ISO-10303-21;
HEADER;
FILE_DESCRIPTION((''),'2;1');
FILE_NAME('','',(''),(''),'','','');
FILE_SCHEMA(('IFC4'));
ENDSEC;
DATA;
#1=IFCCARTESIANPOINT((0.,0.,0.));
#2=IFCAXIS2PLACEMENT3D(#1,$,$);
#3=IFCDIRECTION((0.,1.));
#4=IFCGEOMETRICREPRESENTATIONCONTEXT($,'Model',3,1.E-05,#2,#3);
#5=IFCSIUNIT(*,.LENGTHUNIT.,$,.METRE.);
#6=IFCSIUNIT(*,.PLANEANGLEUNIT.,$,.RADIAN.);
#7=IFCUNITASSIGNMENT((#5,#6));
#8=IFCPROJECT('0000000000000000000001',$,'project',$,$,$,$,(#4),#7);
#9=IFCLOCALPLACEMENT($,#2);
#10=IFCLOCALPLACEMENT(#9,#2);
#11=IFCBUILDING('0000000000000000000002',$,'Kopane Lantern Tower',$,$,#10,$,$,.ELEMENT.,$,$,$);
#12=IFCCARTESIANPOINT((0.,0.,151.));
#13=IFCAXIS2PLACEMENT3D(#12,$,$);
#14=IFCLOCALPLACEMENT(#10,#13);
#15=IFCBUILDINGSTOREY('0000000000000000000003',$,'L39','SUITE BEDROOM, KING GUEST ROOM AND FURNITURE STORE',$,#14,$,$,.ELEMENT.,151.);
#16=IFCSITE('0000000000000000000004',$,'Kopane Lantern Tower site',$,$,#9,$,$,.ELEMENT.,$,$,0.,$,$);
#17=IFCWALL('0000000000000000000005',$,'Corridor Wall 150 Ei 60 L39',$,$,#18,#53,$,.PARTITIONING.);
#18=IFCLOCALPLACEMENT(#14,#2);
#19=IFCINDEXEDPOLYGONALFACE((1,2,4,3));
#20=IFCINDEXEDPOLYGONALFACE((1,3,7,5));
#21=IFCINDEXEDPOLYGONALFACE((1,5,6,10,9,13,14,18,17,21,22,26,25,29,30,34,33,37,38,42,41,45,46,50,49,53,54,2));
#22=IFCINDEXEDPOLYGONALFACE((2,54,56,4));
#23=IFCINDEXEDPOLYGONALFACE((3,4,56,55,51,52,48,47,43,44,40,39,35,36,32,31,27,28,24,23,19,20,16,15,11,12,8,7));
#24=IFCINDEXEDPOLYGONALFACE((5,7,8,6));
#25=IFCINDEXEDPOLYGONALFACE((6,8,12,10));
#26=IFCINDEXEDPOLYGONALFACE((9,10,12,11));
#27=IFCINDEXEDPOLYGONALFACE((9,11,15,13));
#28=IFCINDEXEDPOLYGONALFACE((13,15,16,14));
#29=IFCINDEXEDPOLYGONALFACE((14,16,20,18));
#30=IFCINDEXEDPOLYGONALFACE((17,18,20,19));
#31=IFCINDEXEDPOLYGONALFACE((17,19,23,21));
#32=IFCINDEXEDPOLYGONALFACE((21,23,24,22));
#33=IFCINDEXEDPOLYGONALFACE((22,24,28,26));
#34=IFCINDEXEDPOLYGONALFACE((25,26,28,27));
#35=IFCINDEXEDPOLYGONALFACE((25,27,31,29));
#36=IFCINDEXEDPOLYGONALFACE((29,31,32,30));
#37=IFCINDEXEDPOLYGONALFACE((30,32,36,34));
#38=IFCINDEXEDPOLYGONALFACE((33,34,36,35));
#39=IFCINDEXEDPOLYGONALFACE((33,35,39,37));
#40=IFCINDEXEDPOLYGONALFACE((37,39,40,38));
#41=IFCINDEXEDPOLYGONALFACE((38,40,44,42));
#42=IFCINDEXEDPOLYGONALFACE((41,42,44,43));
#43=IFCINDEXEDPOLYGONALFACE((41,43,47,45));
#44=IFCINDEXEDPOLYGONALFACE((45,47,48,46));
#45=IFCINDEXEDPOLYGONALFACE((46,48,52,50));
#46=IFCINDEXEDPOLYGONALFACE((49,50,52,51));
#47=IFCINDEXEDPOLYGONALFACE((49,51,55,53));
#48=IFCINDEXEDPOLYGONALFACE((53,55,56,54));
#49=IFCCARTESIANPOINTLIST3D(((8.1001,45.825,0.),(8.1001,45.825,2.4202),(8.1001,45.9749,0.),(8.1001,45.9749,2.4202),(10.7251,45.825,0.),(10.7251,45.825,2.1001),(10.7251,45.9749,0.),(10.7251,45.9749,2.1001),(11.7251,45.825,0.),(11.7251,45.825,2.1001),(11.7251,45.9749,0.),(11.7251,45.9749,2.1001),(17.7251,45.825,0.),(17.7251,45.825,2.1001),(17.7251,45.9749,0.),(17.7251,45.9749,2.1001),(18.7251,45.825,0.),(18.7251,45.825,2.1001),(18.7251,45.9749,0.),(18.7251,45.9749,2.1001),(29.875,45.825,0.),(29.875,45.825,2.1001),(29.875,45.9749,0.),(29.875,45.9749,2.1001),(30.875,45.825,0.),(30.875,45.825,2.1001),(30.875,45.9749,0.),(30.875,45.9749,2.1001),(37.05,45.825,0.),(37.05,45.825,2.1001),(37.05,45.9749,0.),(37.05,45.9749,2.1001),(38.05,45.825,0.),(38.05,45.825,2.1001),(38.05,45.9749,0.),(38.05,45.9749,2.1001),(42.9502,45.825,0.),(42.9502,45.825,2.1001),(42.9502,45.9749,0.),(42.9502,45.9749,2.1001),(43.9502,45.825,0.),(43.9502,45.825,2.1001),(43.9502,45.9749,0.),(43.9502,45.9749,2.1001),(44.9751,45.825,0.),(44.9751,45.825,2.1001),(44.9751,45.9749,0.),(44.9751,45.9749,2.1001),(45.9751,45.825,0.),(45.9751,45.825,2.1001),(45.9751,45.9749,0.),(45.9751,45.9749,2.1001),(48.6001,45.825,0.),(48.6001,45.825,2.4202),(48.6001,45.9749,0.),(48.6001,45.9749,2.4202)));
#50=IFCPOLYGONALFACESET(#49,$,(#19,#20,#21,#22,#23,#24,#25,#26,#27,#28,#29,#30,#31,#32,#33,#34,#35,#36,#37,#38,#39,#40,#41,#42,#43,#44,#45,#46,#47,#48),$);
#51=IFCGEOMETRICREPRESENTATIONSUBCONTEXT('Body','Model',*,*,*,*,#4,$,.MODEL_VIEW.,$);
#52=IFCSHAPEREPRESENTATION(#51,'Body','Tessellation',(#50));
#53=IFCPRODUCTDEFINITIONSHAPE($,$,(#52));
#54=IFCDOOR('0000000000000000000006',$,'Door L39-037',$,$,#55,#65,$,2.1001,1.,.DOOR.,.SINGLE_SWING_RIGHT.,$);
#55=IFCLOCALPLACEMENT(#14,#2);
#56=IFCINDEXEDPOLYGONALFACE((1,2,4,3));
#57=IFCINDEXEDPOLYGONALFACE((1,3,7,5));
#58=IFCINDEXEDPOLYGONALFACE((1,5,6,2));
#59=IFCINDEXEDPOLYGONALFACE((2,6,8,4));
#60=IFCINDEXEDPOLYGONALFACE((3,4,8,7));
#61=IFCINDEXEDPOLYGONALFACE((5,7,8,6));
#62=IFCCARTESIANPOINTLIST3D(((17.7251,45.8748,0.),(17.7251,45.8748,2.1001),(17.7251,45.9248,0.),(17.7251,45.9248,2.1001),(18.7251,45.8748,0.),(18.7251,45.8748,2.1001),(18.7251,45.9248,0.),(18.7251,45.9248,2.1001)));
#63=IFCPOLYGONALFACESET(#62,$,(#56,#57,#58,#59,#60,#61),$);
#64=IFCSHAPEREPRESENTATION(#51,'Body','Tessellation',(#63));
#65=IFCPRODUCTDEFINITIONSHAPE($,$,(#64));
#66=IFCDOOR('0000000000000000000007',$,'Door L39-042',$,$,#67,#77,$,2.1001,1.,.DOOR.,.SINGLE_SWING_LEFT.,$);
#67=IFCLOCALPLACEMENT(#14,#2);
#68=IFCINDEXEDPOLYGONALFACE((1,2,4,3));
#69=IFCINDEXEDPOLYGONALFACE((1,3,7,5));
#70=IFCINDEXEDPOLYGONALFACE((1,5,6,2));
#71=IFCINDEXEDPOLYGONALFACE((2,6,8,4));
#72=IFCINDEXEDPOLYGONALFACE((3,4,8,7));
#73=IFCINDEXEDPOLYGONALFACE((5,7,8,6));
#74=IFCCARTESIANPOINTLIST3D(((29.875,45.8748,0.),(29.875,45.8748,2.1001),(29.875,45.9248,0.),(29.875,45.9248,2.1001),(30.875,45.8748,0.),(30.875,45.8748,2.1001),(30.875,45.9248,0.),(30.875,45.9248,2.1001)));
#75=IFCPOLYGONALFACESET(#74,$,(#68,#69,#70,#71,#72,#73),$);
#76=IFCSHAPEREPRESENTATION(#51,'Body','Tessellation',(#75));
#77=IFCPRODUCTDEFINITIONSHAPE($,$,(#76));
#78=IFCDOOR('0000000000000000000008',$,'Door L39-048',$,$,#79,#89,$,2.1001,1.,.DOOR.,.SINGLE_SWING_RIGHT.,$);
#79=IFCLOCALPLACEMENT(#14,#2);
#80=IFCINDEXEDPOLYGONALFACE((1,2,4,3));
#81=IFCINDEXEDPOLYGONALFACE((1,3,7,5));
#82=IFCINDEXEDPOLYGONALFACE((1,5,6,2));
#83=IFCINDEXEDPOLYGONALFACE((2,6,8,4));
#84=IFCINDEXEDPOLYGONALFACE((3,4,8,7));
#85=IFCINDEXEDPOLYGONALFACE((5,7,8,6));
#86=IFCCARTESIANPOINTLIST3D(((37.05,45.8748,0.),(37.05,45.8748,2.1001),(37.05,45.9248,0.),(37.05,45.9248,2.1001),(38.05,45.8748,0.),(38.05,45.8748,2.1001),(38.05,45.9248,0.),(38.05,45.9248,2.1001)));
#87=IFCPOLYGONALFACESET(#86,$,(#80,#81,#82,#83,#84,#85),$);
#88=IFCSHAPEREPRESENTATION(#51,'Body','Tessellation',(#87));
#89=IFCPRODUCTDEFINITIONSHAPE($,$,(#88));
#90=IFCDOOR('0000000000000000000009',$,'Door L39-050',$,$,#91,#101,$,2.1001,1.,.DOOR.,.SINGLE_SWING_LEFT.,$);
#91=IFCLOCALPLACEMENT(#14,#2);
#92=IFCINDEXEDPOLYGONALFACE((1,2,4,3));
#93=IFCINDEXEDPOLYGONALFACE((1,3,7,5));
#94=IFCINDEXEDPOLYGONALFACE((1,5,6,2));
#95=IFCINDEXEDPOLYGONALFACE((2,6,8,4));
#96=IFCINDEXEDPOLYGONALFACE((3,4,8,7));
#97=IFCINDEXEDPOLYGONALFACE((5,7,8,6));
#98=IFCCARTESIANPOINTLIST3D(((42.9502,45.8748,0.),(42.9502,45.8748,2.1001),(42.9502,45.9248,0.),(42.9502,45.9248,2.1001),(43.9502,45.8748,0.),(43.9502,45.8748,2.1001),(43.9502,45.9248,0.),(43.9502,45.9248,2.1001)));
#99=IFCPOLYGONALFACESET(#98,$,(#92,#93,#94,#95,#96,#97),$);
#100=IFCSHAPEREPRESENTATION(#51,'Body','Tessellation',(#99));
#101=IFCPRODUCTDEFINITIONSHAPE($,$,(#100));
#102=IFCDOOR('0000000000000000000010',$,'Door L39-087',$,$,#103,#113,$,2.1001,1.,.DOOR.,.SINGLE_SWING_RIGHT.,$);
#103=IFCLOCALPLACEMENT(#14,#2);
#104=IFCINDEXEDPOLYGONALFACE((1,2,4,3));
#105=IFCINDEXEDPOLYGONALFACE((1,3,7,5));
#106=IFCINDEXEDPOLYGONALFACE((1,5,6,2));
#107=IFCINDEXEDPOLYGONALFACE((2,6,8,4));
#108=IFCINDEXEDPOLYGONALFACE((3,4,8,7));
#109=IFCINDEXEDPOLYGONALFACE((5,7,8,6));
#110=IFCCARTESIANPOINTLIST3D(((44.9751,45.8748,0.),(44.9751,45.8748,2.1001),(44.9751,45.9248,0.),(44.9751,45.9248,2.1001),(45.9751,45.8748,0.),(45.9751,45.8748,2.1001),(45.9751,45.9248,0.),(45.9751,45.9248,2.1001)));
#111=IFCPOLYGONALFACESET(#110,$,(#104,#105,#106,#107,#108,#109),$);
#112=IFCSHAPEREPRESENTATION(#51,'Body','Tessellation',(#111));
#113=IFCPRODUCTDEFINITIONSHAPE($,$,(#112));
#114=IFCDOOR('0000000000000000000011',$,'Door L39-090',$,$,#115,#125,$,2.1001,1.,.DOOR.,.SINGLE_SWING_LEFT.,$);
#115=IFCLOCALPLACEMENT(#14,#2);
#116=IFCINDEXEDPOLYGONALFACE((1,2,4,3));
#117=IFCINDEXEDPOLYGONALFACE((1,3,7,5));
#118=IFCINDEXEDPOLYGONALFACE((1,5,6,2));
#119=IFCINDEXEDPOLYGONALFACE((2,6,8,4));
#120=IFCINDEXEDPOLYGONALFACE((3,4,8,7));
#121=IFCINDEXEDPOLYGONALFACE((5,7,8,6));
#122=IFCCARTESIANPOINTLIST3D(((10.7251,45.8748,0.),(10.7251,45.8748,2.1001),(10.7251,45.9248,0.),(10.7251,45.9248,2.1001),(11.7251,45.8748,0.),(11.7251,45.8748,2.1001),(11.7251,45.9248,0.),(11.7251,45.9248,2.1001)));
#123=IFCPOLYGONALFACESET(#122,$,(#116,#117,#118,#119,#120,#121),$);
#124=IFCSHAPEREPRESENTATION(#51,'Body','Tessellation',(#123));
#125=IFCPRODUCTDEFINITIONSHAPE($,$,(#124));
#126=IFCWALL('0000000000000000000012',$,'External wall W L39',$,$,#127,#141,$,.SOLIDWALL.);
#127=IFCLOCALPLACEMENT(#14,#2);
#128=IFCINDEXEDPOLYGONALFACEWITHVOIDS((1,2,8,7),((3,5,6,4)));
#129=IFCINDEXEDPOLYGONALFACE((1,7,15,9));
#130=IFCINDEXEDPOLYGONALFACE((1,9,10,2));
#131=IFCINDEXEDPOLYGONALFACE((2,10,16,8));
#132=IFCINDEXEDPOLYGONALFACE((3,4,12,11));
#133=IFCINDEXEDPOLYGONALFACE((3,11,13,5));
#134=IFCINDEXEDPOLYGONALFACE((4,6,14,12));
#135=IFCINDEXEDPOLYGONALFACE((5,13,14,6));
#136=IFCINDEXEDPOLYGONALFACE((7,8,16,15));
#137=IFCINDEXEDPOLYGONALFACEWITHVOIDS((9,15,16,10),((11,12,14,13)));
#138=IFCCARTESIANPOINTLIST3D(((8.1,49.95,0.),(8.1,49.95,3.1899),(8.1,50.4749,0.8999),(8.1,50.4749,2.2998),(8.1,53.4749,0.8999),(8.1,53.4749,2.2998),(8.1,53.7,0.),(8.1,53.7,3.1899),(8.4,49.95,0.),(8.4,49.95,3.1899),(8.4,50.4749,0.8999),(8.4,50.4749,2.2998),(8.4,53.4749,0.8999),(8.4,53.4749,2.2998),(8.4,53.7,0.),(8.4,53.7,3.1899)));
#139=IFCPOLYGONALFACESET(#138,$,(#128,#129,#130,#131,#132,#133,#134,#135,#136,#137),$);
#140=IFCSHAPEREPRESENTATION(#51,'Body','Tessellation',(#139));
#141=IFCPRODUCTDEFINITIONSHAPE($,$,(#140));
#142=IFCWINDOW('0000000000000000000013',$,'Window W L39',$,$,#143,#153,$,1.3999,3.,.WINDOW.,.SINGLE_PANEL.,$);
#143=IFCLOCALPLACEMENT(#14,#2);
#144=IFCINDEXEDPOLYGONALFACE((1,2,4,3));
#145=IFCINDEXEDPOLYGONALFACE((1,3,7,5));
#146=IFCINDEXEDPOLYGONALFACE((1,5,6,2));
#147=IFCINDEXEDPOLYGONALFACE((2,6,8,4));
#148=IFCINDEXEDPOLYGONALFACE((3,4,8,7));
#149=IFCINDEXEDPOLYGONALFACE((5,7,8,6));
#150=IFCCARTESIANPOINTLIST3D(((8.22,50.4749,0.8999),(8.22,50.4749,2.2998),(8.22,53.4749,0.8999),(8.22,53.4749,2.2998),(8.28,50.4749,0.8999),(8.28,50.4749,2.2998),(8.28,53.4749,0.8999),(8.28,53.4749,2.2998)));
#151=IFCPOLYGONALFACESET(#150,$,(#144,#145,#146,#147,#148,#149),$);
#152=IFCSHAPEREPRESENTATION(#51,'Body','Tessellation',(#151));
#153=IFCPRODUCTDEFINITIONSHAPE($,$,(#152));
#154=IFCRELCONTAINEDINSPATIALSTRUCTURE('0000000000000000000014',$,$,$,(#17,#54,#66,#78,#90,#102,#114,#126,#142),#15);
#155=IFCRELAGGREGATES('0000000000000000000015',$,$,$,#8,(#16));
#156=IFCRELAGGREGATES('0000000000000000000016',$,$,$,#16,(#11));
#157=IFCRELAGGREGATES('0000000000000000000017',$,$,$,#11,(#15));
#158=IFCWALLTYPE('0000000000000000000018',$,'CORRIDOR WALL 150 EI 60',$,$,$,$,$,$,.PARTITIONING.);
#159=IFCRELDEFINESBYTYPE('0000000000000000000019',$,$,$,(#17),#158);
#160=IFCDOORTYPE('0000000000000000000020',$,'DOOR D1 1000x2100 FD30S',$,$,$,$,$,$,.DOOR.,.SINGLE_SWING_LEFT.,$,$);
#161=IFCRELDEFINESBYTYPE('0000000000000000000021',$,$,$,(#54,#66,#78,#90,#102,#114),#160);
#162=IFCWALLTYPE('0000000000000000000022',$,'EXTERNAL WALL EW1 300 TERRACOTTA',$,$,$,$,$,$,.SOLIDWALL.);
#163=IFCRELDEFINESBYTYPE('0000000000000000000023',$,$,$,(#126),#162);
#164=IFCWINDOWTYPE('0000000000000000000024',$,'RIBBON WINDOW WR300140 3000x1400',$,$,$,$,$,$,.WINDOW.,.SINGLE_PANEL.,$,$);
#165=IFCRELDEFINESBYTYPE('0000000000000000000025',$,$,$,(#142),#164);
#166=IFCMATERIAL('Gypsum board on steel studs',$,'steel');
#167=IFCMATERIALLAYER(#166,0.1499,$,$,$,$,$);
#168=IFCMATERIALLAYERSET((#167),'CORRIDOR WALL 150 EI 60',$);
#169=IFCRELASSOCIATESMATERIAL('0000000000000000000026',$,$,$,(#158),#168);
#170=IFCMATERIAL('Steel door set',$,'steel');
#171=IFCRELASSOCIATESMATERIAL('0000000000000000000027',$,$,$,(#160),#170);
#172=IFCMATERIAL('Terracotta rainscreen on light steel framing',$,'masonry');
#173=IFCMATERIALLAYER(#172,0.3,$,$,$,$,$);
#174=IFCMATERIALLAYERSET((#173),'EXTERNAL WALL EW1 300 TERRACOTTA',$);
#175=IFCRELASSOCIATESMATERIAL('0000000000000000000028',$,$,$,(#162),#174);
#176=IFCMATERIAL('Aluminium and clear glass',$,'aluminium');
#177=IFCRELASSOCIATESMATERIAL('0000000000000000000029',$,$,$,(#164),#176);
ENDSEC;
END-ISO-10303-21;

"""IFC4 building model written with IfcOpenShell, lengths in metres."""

from ifc_helpers import new_model, si_unit, direction, frame, frame_2d, origin, place, context, subcontext, project, spatial, rectangle, extrude, material, layer, layer_set, type_object, element, fill, save


model = new_model("IFC4")

# Units and contexts
model_context = context("Model", 3, precision=1e-05, world=origin(), true_north=direction((0.0, 1.0)))
body_context = subcontext(model_context, "Body", "Model", "MODEL_VIEW")
ifc_project = project(units=[si_unit("LENGTHUNIT", "METRE"), si_unit("PLANEANGLEUNIT", "RADIAN")], contexts=[model_context])

# Site, building, storey
site_placement = place(None, origin())
site = spatial("IfcSite", under=ifc_project, at=site_placement, Name="Kopane Lantern Tower site", CompositionType="ELEMENT", RefElevation=0.0)
building_placement = place(site_placement, origin())
building = spatial("IfcBuilding", under=site, at=building_placement, Name="Kopane Lantern Tower", CompositionType="ELEMENT")
storey_placement = place(building_placement, frame((0.0, 0.0, 151.0)))
storey = spatial("IfcBuildingStorey", under=building, at=storey_placement, Name="L39", Description="SUITE BEDROOM, KING GUEST ROOM AND FURNITURE STORE", CompositionType="ELEMENT", Elevation=151.0)

# Wall, openings, doors
ifc_material_1 = material(Name="Gypsum board on steel studs", Category="steel")
ifc_layer_1 = layer(ifc_material_1, 0.1499)
ifc_layer_set_1 = layer_set([ifc_layer_1], Name="CORRIDOR WALL 150 EI 60")
wall_type_1 = type_object("IfcWallType", Name="CORRIDOR WALL 150 EI 60", PredefinedType="PARTITIONING", material=ifc_layer_set_1)
wall_1_placement = place(storey_placement, frame((8.1001, 45.8999, 0.0), z_axis=(0.0, 0.0, 1.0), x_axis=(1.0, 0.0, 0.0)))
wall_1 = element("IfcWall", 1, at=wall_1_placement, inside=storey, type_object=wall_type_1, Name="Corridor Wall 150 Ei 60 L39", PredefinedType="PARTITIONING", context=body_context, shape_type="SweptSolid", body=[
    extrude(rectangle(XDim=40.5, YDim=0.1499, at=frame_2d((20.25, 0.0))), origin(), (0.0, 0.0, 1.0), 2.4202),
])
opening_1_placement = place(wall_1_placement, frame((9.625, 0.0, 0.0)))
opening_1 = element("IfcOpeningElement", 2, at=opening_1_placement, cuts=wall_1, PredefinedType="OPENING", context=body_context, shape_type="SweptSolid", body=[
    extrude(rectangle(XDim=1.0, YDim=2.1001, at=frame_2d((0.5, 1.05))), frame((0.0, 0.085, 0.0), z_axis=(0.0, -1.0, 0.0), x_axis=(1.0, 0.0, 0.0)), (0.0, 0.0, 1.0), 0.1699),
])
opening_2_placement = place(wall_1_placement, frame((21.7749, 0.0, 0.0)))
opening_2 = element("IfcOpeningElement", 3, at=opening_2_placement, cuts=wall_1, PredefinedType="OPENING", context=body_context, shape_type="SweptSolid", body=[
    extrude(rectangle(XDim=1.0, YDim=2.1001, at=frame_2d((0.5, 1.05))), frame((0.0, 0.085, 0.0), z_axis=(0.0, -1.0, 0.0), x_axis=(1.0, 0.0, 0.0)), (0.0, 0.0, 1.0), 0.1699),
])
opening_3_placement = place(wall_1_placement, frame((28.95, 0.0, 0.0)))
opening_3 = element("IfcOpeningElement", 4, at=opening_3_placement, cuts=wall_1, PredefinedType="OPENING", context=body_context, shape_type="SweptSolid", body=[
    extrude(rectangle(XDim=1.0, YDim=2.1001, at=frame_2d((0.5, 1.05))), frame((0.0, 0.085, 0.0), z_axis=(0.0, -1.0, 0.0), x_axis=(1.0, 0.0, 0.0)), (0.0, 0.0, 1.0), 0.1699),
])
opening_4_placement = place(wall_1_placement, frame((34.8501, 0.0, 0.0)))
opening_4 = element("IfcOpeningElement", 5, at=opening_4_placement, cuts=wall_1, PredefinedType="OPENING", context=body_context, shape_type="SweptSolid", body=[
    extrude(rectangle(XDim=1.0, YDim=2.1001, at=frame_2d((0.5, 1.05))), frame((0.0, 0.085, 0.0), z_axis=(0.0, -1.0, 0.0), x_axis=(1.0, 0.0, 0.0)), (0.0, 0.0, 1.0), 0.1699),
])
opening_5_placement = place(wall_1_placement, frame((36.875, 0.0, 0.0)))
opening_5 = element("IfcOpeningElement", 6, at=opening_5_placement, cuts=wall_1, PredefinedType="OPENING", context=body_context, shape_type="SweptSolid", body=[
    extrude(rectangle(XDim=1.0, YDim=2.1001, at=frame_2d((0.5, 1.05))), frame((0.0, 0.085, 0.0), z_axis=(0.0, -1.0, 0.0), x_axis=(1.0, 0.0, 0.0)), (0.0, 0.0, 1.0), 0.1699),
])
opening_6_placement = place(wall_1_placement, frame((2.625, 0.0, 0.0)))
opening_6 = element("IfcOpeningElement", 7, at=opening_6_placement, cuts=wall_1, PredefinedType="OPENING", context=body_context, shape_type="SweptSolid", body=[
    extrude(rectangle(XDim=1.0, YDim=2.1001, at=frame_2d((0.5, 1.05))), frame((0.0, 0.085, 0.0), z_axis=(0.0, -1.0, 0.0), x_axis=(1.0, 0.0, 0.0)), (0.0, 0.0, 1.0), 0.1699),
])
ifc_material_2 = material(Name="Steel door set", Category="steel")
door_type_1 = type_object("IfcDoorType", Name="DOOR D1 1000x2100 FD30S", OperationType="SINGLE_SWING_LEFT", PredefinedType="DOOR", material=ifc_material_2)
door_1_placement = place(opening_1_placement, origin())
door_1 = element("IfcDoor", 8, at=door_1_placement, inside=storey, type_object=door_type_1, Name="Door L39-037", OperationType="SINGLE_SWING_RIGHT", OverallHeight=2.1001, OverallWidth=1.0, PredefinedType="DOOR", context=body_context, shape_type="SweptSolid", body=[
    extrude(rectangle(XDim=1.0, YDim=2.1001, at=frame_2d((0.5, 1.05))), frame((0.0, 0.0249, 0.0), z_axis=(0.0, -1.0, 0.0), x_axis=(1.0, 0.0, 0.0)), (0.0, 0.0, 1.0), 0.05),
])
fill(opening_1, door_1)
door_2_placement = place(opening_2_placement, origin())
door_2 = element("IfcDoor", 9, at=door_2_placement, inside=storey, type_object=door_type_1, Name="Door L39-042", OperationType="SINGLE_SWING_LEFT", OverallHeight=2.1001, OverallWidth=1.0, PredefinedType="DOOR", context=body_context, shape_type="SweptSolid", body=[
    extrude(rectangle(XDim=1.0, YDim=2.1001, at=frame_2d((0.5, 1.05))), frame((0.0, 0.0249, 0.0), z_axis=(0.0, -1.0, 0.0), x_axis=(1.0, 0.0, 0.0)), (0.0, 0.0, 1.0), 0.05),
])
fill(opening_2, door_2)
door_3_placement = place(opening_3_placement, origin())
door_3 = element("IfcDoor", 10, at=door_3_placement, inside=storey, type_object=door_type_1, Name="Door L39-048", OperationType="SINGLE_SWING_RIGHT", OverallHeight=2.1001, OverallWidth=1.0, PredefinedType="DOOR", context=body_context, shape_type="SweptSolid", body=[
    extrude(rectangle(XDim=1.0, YDim=2.1001, at=frame_2d((0.5, 1.05))), frame((0.0, 0.0249, 0.0), z_axis=(0.0, -1.0, 0.0), x_axis=(1.0, 0.0, 0.0)), (0.0, 0.0, 1.0), 0.05),
])
fill(opening_3, door_3)
door_4_placement = place(opening_4_placement, origin())
door_4 = element("IfcDoor", 11, at=door_4_placement, inside=storey, type_object=door_type_1, Name="Door L39-050", OperationType="SINGLE_SWING_LEFT", OverallHeight=2.1001, OverallWidth=1.0, PredefinedType="DOOR", context=body_context, shape_type="SweptSolid", body=[
    extrude(rectangle(XDim=1.0, YDim=2.1001, at=frame_2d((0.5, 1.05))), frame((0.0, 0.0249, 0.0), z_axis=(0.0, -1.0, 0.0), x_axis=(1.0, 0.0, 0.0)), (0.0, 0.0, 1.0), 0.05),
])
fill(opening_4, door_4)
door_5_placement = place(opening_5_placement, origin())
door_5 = element("IfcDoor", 12, at=door_5_placement, inside=storey, type_object=door_type_1, Name="Door L39-087", OperationType="SINGLE_SWING_RIGHT", OverallHeight=2.1001, OverallWidth=1.0, PredefinedType="DOOR", context=body_context, shape_type="SweptSolid", body=[
    extrude(rectangle(XDim=1.0, YDim=2.1001, at=frame_2d((0.5, 1.05))), frame((0.0, 0.0249, 0.0), z_axis=(0.0, -1.0, 0.0), x_axis=(1.0, 0.0, 0.0)), (0.0, 0.0, 1.0), 0.05),
])
fill(opening_5, door_5)
door_6_placement = place(opening_6_placement, origin())
door_6 = element("IfcDoor", 13, at=door_6_placement, inside=storey, type_object=door_type_1, Name="Door L39-090", OperationType="SINGLE_SWING_LEFT", OverallHeight=2.1001, OverallWidth=1.0, PredefinedType="DOOR", context=body_context, shape_type="SweptSolid", body=[
    extrude(rectangle(XDim=1.0, YDim=2.1001, at=frame_2d((0.5, 1.05))), frame((0.0, 0.0249, 0.0), z_axis=(0.0, -1.0, 0.0), x_axis=(1.0, 0.0, 0.0)), (0.0, 0.0, 1.0), 0.05),
])
fill(opening_6, door_6)

# Wall, opening, window
ifc_material_3 = material(Name="Terracotta rainscreen on light steel framing", Category="masonry")
ifc_layer_2 = layer(ifc_material_3, 0.3)
ifc_layer_set_2 = layer_set([ifc_layer_2], Name="EXTERNAL WALL EW1 300 TERRACOTTA")
wall_type_2 = type_object("IfcWallType", Name="EXTERNAL WALL EW1 300 TERRACOTTA", PredefinedType="SOLIDWALL", material=ifc_layer_set_2)
wall_2_placement = place(storey_placement, frame((8.25, 53.7, 0.0), z_axis=(0.0, 0.0, 1.0), x_axis=(0.0, -1.0, 0.0)))
wall_2 = element("IfcWall", 14, at=wall_2_placement, inside=storey, type_object=wall_type_2, Name="External wall W L39", PredefinedType="SOLIDWALL", context=body_context, shape_type="SweptSolid", body=[
    extrude(rectangle(XDim=3.75, YDim=0.3, at=frame_2d((1.875, 0.0))), origin(), (0.0, 0.0, 1.0), 3.1899),
])
opening_7_placement = place(wall_2_placement, frame((0.2251, 0.0, 0.8999)))
opening_7 = element("IfcOpeningElement", 15, at=opening_7_placement, cuts=wall_2, PredefinedType="OPENING", context=body_context, shape_type="SweptSolid", body=[
    extrude(rectangle(XDim=3.0, YDim=1.3999, at=frame_2d((1.5, 0.7))), frame((0.0, 0.1599, 0.0), z_axis=(0.0, -1.0, 0.0), x_axis=(1.0, 0.0, 0.0)), (0.0, 0.0, 1.0), 0.3201),
])
ifc_material_4 = material(Name="Aluminium and clear glass", Category="aluminium")
window_type = type_object("IfcWindowType", Name="RIBBON WINDOW WR300140 3000x1400", PartitioningType="SINGLE_PANEL", PredefinedType="WINDOW", material=ifc_material_4)
window_1_placement = place(opening_7_placement, origin())
window_1 = element("IfcWindow", 16, at=window_1_placement, inside=storey, type_object=window_type, Name="Window W L39", OverallHeight=1.3999, OverallWidth=3.0, PartitioningType="SINGLE_PANEL", PredefinedType="WINDOW", context=body_context, shape_type="SweptSolid", body=[
    extrude(rectangle(XDim=3.0, YDim=1.3999, at=frame_2d((1.5, 0.7))), frame((0.0, 0.03, 0.0), z_axis=(0.0, -1.0, 0.0), x_axis=(1.0, 0.0, 0.0)), (0.0, 0.0, 1.0), 0.0601),
])
fill(opening_7, window_1)

save(model, "model.ifc")
